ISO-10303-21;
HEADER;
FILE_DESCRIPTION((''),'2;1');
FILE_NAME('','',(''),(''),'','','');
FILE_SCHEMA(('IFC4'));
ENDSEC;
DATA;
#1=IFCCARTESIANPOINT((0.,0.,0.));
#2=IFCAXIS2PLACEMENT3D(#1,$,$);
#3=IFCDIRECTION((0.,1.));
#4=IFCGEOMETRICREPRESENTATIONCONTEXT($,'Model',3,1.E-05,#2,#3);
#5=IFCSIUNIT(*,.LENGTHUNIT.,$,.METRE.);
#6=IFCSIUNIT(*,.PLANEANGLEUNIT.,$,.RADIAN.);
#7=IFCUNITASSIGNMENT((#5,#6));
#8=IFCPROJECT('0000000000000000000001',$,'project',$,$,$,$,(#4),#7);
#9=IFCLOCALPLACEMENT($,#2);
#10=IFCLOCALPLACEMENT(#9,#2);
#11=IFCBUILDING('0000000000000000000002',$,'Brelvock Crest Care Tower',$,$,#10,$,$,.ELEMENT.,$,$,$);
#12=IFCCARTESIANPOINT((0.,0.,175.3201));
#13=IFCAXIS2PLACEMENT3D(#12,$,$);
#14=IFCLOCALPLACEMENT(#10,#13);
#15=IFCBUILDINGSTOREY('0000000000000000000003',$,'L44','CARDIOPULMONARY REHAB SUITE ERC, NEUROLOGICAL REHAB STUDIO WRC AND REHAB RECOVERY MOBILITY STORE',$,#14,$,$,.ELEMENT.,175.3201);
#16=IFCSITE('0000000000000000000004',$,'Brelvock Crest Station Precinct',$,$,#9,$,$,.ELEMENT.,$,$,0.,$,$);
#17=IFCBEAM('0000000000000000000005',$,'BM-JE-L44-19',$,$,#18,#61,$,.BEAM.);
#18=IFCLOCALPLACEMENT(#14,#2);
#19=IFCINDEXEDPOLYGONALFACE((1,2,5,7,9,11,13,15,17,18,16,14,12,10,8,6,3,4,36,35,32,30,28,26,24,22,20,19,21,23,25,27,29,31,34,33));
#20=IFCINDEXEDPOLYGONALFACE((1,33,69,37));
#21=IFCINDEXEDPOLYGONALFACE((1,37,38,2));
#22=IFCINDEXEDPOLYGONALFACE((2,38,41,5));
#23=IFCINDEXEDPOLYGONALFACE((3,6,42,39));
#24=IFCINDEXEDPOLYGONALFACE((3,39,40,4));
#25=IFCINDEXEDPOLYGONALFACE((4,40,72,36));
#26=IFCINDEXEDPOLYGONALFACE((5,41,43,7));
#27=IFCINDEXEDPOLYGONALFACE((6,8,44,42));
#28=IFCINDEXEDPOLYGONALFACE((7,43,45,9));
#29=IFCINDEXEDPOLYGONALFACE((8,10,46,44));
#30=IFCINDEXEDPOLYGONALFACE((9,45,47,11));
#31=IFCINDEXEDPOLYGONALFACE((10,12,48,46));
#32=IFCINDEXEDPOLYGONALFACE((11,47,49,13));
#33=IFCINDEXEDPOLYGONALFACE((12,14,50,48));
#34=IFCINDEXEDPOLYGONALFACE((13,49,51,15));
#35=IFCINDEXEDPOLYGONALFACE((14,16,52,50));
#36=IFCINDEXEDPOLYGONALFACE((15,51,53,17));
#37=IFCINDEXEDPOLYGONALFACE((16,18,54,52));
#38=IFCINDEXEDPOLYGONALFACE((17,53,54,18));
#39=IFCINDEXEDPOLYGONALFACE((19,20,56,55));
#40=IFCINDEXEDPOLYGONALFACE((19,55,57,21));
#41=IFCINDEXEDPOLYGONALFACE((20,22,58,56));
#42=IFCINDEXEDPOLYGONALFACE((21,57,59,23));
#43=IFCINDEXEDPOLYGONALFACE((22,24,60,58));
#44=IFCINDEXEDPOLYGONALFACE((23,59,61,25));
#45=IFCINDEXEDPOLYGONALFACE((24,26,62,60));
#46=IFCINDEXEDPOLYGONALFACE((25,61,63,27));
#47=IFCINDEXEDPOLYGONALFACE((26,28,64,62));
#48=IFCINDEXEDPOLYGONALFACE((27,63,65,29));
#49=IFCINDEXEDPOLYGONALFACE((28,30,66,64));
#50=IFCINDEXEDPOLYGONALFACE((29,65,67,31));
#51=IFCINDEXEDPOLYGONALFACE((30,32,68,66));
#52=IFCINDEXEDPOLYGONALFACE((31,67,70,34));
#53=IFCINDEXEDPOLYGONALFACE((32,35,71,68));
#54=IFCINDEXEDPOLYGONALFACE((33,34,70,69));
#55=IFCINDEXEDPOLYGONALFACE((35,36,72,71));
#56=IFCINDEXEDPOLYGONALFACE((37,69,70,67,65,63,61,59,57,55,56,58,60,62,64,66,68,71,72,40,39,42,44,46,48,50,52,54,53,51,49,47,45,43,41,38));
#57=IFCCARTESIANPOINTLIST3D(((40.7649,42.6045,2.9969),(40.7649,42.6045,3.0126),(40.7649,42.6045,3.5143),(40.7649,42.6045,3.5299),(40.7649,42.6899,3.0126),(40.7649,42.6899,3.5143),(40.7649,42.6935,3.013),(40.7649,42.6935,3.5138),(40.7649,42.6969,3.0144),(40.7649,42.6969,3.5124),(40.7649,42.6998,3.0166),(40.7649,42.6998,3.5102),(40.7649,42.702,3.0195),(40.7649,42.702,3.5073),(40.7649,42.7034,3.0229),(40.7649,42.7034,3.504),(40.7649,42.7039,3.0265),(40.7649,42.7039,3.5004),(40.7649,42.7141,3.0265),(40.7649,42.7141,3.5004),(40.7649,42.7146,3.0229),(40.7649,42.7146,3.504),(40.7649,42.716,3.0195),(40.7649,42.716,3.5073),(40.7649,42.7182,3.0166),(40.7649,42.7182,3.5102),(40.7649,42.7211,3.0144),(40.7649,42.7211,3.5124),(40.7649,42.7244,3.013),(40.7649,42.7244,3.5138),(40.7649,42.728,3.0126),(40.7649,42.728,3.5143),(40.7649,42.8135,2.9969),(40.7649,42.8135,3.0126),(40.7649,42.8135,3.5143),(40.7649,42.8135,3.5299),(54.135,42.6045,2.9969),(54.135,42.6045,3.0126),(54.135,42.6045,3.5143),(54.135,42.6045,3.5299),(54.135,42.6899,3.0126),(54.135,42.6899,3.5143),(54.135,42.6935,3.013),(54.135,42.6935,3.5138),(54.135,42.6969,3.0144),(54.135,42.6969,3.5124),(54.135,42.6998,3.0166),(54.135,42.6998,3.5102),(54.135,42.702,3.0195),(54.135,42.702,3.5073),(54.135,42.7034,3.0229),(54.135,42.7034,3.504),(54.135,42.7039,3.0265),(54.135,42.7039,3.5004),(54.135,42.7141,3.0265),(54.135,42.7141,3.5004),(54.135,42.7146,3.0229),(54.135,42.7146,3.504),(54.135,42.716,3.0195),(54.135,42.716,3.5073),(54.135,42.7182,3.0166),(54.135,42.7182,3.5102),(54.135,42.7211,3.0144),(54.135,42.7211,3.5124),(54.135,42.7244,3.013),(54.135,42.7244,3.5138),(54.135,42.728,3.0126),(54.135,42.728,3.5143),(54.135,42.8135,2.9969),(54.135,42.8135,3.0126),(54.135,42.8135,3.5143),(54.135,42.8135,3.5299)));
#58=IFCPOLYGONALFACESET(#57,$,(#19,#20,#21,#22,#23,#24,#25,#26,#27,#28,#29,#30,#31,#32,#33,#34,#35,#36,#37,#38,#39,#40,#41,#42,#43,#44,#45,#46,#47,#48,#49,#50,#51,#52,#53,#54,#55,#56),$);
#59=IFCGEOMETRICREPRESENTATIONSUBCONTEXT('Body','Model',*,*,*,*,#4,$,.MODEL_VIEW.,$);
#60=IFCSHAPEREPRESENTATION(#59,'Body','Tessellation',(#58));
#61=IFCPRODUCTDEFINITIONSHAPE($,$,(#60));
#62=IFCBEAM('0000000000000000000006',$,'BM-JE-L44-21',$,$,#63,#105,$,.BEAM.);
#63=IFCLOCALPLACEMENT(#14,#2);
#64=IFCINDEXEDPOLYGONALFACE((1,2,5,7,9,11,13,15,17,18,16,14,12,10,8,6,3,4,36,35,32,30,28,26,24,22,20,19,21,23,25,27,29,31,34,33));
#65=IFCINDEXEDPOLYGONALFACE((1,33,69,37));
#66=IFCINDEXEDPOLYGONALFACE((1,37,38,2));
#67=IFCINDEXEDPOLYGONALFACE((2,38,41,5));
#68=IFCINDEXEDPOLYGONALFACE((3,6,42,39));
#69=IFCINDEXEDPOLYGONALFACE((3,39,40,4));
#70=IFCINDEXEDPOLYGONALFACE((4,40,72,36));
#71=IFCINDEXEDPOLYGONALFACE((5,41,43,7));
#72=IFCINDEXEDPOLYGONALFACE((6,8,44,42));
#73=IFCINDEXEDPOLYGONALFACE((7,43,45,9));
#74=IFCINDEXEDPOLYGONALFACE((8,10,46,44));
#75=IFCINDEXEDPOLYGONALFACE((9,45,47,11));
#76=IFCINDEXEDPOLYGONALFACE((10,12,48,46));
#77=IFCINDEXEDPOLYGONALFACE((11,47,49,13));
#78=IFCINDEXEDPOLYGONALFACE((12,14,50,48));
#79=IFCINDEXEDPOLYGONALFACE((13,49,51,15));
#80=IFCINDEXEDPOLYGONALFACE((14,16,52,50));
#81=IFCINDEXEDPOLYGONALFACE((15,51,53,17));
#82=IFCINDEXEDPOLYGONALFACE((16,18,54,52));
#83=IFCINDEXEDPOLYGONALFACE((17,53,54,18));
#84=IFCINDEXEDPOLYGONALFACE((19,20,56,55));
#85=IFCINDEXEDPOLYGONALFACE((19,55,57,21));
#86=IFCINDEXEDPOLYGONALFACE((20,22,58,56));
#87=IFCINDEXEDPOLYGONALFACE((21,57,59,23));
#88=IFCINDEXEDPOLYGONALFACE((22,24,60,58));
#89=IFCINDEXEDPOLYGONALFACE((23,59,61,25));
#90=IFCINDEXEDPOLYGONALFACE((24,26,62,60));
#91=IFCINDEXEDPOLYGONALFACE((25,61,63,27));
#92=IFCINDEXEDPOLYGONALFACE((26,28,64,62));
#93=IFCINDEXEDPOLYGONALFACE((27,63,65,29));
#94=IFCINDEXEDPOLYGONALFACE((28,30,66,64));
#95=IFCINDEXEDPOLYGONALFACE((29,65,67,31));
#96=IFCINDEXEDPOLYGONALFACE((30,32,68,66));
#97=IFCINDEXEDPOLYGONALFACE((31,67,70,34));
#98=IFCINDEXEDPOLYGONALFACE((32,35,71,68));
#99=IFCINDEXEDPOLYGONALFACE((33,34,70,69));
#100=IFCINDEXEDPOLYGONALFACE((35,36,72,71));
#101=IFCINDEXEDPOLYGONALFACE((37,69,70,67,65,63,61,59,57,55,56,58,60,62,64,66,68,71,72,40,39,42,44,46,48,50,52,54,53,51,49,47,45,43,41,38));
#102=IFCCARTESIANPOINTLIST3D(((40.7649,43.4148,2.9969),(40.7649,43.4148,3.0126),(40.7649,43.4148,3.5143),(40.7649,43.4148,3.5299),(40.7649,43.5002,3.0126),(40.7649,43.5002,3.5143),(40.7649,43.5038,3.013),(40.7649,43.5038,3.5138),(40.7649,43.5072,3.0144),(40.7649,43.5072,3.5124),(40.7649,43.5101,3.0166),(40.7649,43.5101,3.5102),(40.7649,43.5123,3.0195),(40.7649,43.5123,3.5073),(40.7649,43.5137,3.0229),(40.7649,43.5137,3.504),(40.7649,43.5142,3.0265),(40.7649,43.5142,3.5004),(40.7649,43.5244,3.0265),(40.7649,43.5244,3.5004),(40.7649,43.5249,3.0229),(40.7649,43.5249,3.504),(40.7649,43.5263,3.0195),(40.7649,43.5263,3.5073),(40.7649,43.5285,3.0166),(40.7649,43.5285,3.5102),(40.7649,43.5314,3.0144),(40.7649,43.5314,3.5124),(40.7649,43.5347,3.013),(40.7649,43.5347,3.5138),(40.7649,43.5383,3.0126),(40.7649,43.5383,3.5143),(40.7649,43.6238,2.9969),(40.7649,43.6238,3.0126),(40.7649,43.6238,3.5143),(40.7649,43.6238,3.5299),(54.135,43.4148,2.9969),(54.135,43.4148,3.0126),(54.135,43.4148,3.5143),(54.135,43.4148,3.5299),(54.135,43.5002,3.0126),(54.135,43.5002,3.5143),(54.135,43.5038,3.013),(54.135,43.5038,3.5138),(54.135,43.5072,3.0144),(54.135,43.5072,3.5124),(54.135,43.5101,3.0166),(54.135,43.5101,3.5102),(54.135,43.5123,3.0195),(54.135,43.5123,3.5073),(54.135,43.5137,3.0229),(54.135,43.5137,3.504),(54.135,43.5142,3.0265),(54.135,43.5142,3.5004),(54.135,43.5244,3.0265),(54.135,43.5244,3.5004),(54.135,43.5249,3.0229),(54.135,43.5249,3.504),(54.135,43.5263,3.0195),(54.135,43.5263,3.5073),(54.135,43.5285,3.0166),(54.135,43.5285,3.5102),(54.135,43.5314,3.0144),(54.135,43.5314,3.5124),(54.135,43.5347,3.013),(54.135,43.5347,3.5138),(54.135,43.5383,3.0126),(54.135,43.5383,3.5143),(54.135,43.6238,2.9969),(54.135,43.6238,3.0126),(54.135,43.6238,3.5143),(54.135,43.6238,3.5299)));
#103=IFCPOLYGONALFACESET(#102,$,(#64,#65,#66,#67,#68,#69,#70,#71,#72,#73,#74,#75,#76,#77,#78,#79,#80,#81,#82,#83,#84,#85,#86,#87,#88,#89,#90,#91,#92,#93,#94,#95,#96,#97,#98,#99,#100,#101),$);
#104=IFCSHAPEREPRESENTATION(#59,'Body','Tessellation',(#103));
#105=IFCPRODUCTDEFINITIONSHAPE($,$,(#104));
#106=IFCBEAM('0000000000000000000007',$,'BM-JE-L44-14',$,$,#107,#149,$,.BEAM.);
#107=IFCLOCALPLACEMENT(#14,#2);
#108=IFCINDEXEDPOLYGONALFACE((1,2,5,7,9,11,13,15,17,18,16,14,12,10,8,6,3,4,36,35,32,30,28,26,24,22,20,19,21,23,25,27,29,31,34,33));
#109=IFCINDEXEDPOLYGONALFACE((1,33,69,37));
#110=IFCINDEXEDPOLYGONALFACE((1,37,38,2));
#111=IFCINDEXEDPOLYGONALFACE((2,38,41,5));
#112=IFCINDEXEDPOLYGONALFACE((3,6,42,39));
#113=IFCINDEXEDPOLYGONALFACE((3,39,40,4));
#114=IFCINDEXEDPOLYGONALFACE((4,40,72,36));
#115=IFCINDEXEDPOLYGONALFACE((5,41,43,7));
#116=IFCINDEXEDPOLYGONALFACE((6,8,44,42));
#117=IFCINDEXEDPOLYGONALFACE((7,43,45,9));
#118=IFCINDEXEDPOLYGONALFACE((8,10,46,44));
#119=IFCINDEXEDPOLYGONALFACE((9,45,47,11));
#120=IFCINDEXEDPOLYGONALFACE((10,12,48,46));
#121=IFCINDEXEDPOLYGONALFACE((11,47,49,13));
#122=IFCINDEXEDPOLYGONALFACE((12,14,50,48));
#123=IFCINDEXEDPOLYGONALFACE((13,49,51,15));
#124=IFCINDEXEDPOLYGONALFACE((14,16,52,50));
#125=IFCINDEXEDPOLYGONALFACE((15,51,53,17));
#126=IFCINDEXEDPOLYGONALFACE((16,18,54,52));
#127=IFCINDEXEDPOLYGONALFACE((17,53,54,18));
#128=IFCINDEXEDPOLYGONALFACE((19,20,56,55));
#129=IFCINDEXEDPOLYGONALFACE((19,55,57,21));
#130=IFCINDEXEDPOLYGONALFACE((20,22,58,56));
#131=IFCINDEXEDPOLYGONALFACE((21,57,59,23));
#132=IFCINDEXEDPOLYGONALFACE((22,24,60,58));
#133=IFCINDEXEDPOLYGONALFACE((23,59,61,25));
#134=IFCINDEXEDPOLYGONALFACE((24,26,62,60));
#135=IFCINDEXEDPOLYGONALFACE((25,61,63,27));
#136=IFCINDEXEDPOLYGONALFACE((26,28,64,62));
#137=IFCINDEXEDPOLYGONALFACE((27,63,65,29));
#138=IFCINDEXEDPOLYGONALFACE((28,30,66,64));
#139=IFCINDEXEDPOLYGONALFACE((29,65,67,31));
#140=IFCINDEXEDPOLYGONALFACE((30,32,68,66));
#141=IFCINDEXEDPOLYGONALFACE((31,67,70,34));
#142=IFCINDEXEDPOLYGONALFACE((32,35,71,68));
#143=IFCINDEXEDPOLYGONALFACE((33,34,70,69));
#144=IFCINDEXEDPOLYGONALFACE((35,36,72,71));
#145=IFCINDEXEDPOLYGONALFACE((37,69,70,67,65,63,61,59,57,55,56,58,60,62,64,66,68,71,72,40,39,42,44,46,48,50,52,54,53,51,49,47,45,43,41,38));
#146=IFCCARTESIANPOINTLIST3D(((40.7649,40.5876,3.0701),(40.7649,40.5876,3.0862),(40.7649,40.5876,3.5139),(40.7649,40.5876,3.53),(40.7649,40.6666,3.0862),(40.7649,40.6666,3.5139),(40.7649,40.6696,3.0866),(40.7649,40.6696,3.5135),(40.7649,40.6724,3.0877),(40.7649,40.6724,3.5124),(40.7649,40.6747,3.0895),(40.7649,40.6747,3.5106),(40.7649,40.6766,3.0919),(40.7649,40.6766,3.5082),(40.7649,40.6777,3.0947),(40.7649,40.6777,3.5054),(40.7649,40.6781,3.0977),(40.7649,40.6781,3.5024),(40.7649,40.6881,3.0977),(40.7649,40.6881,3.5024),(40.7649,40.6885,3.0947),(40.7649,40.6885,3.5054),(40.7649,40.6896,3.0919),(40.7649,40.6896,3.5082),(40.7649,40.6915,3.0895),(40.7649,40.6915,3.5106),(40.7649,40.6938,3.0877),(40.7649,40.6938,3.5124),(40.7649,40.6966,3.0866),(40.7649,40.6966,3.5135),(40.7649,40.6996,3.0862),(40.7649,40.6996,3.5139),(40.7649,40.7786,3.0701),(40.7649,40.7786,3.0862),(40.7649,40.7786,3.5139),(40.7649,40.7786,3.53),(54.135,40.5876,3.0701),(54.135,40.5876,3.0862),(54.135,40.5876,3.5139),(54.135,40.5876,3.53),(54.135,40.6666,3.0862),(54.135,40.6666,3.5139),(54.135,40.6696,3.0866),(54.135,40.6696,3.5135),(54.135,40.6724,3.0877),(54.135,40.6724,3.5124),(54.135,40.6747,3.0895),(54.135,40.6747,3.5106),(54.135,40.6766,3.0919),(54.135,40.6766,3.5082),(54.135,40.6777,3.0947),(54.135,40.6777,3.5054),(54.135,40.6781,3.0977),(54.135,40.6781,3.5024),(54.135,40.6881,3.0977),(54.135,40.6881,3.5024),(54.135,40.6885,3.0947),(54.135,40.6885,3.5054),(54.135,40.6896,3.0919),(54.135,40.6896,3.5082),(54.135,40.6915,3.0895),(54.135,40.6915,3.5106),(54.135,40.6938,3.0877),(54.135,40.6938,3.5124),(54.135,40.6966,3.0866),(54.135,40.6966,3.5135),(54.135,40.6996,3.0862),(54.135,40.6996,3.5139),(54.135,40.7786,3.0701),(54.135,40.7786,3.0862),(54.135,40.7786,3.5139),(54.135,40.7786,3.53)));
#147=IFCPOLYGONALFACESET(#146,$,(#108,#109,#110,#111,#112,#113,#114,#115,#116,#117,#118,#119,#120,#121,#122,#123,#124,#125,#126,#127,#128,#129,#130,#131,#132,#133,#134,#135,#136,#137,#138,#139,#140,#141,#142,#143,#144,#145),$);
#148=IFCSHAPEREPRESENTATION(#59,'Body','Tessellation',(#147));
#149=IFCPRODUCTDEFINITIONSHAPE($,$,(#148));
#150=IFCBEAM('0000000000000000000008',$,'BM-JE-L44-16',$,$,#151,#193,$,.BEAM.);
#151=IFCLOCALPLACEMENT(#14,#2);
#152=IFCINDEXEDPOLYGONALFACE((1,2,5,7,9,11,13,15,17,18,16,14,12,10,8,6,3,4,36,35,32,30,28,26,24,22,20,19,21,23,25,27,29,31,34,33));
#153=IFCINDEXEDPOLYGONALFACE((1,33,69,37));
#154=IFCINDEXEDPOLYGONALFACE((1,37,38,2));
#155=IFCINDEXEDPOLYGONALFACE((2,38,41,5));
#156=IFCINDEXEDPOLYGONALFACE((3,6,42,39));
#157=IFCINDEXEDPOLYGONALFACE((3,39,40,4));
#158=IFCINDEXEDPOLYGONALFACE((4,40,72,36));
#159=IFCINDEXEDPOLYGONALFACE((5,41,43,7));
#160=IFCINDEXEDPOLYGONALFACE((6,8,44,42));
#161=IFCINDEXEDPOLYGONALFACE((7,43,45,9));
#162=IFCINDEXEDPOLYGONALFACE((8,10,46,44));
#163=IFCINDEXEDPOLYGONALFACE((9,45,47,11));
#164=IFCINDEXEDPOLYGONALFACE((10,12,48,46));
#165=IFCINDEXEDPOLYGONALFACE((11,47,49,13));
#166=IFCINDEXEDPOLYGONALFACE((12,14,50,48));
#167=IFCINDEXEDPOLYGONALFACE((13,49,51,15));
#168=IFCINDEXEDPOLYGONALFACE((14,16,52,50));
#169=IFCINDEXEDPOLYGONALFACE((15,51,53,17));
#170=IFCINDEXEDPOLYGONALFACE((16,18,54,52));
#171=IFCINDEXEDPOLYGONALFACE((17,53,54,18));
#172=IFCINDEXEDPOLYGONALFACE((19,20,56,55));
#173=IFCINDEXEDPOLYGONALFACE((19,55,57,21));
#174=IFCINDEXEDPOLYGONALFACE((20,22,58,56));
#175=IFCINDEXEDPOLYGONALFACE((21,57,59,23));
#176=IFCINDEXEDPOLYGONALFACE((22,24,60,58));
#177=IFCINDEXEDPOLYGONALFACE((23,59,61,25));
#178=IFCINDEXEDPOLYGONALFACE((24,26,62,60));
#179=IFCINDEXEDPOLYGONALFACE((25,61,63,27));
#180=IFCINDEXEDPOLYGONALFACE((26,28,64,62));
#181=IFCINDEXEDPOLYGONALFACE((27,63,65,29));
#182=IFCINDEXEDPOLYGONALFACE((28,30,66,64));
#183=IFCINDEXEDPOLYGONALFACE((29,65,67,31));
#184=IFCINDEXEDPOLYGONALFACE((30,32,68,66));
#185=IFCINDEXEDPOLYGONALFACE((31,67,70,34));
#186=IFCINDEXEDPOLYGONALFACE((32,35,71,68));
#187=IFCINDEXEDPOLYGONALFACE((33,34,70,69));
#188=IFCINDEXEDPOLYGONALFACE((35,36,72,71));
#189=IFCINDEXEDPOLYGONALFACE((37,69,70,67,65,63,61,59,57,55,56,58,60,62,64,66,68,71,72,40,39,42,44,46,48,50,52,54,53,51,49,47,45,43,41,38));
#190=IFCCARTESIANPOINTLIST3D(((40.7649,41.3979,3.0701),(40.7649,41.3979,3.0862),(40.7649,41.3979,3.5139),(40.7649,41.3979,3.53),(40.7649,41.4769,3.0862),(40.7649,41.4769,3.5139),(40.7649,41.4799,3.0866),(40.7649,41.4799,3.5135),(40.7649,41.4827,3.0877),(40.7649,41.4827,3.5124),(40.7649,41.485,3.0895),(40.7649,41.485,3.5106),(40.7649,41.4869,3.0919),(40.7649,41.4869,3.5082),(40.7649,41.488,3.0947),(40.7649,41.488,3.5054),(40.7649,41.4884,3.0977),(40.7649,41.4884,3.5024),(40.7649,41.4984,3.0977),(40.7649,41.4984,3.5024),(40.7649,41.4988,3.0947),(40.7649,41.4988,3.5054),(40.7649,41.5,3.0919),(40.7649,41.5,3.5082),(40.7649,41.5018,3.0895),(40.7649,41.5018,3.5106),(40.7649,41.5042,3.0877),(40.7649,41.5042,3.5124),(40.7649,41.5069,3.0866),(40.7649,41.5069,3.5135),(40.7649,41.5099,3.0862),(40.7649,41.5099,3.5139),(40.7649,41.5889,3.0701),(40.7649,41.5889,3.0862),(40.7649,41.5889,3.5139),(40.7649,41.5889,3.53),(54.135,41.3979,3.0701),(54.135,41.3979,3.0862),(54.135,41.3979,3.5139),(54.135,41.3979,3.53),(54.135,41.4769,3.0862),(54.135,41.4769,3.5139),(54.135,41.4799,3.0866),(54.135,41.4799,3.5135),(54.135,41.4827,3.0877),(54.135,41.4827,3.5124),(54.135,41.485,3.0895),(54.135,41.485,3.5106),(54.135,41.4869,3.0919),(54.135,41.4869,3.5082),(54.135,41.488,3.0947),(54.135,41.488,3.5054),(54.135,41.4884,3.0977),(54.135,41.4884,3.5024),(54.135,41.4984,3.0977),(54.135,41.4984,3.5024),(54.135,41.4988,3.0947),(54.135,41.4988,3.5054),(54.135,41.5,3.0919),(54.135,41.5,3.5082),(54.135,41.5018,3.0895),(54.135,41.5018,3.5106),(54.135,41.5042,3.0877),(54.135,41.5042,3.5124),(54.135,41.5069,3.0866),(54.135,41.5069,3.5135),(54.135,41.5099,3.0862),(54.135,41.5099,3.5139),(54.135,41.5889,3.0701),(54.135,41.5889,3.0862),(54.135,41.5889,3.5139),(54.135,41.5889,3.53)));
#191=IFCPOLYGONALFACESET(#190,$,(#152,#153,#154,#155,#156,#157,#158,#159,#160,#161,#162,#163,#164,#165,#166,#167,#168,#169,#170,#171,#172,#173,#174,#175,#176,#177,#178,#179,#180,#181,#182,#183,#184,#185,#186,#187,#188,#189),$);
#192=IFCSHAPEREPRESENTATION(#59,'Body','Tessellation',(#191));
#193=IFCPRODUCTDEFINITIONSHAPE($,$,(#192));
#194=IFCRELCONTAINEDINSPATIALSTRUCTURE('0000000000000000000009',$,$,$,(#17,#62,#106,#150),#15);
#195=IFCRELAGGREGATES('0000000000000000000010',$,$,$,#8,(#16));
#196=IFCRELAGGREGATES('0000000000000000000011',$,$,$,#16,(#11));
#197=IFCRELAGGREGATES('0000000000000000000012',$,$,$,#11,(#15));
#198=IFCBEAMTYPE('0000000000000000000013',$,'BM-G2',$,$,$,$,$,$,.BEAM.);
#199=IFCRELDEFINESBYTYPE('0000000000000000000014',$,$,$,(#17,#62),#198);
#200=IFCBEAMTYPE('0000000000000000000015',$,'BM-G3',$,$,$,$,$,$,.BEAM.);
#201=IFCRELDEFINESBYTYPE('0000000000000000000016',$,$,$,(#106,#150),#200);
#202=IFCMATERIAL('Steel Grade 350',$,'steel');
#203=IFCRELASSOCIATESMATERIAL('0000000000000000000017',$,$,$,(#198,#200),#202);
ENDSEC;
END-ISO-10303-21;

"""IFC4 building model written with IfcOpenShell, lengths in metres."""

from ifc_helpers import new_model, si_unit, direction, frame, origin, origin_2d, place, context, subcontext, project, spatial, i_section, extrude, source, transform, mapped, material, material_profile, profile_set, type_object, element, save


model = new_model("IFC4")

# Units and contexts
model_context = context("Model", 3, precision=1e-05, world=origin(), true_north=direction((0.0, 1.0)))
body_context = subcontext(model_context, "Body", "Model", "MODEL_VIEW")
ifc_project = project(units=[si_unit("LENGTHUNIT", "METRE"), si_unit("PLANEANGLEUNIT", "RADIAN")], contexts=[model_context])

# Site, building, storey
site_placement = place(None, origin())
site = spatial("IfcSite", under=ifc_project, at=site_placement, Name="Brelvock Crest Station Precinct", CompositionType="ELEMENT", RefElevation=0.0)
building_placement = place(site_placement, origin())
building = spatial("IfcBuilding", under=site, at=building_placement, Name="Brelvock Crest Care Tower", CompositionType="ELEMENT")
storey_placement = place(building_placement, frame((0.0, 0.0, 175.3201)))
storey = spatial("IfcBuildingStorey", under=building, at=storey_placement, Name="L44", Description="CARDIOPULMONARY REHAB SUITE ERC, NEUROLOGICAL REHAB STUDIO WRC AND REHAB RECOVERY MOBILITY STORE", CompositionType="ELEMENT", Elevation=175.3201)

# Beams
ifc_material_1 = material(Name="Steel Grade 350", Category="steel")
ifc_material_profile_1 = material_profile(ifc_material_1, i_section(OverallWidth=0.209, OverallDepth=0.533, WebThickness=0.0103, FlangeThickness=0.0156, FilletRadius=0.0139, at=origin_2d()), Name="530UB92.4")
ifc_profile_set_1 = profile_set([ifc_material_profile_1], Name="Steel Grade 350")
beam_type_1 = type_object("IfcBeamType", Name="BM-G2", PredefinedType="BEAM", material=ifc_profile_set_1)
shared_shape_1 = source(origin(), body_context, "Body", "SweptSolid", [
    extrude(i_section(OverallWidth=0.209, OverallDepth=0.533, WebThickness=0.0103, FlangeThickness=0.0156, FilletRadius=0.0139, at=origin_2d()), origin(), (0.0, 0.0, 1.0), 13.3701),
])
for number, where, z_axis, x_axis, name in (
    (1, (40.7649, 42.709, 3.2634), (1.0, 0.0, 0.0), (0.0, 1.0, 0.0), "BM-JE-L44-19"),
    (2, (40.7649, 43.5193, 3.2634), (1.0, 0.0, 0.0), (0.0, 1.0, 0.0), "BM-JE-L44-21"),
):
    element("IfcBeam", number, at=place(storey_placement, frame(where, z_axis=z_axis, x_axis=x_axis)), inside=storey, type_object=beam_type_1, Name=name, PredefinedType="BEAM", context=body_context, shape_type="MappedRepresentation", body=[
        mapped(shared_shape_1, transform((0.0, 0.0, 0.0), x_axis=(1.0, 0.0, 0.0), y_axis=(0.0, 1.0, 0.0), z_axis=(0.0, 0.0, 1.0), scale=1.0)),
    ])
ifc_material_profile_2 = material_profile(ifc_material_1, i_section(OverallWidth=0.1909, OverallDepth=0.46, WebThickness=0.01, FlangeThickness=0.0161, FilletRadius=0.0115, at=origin_2d()), Name="460UB82.1")
ifc_profile_set_2 = profile_set([ifc_material_profile_2], Name="Steel Grade 350")
beam_type_2 = type_object("IfcBeamType", Name="BM-G3", PredefinedType="BEAM", material=ifc_profile_set_2)
shared_shape_2 = source(origin(), body_context, "Body", "SweptSolid", [
    extrude(i_section(OverallWidth=0.1909, OverallDepth=0.46, WebThickness=0.01, FlangeThickness=0.0161, FilletRadius=0.0115, at=origin_2d()), origin(), (0.0, 0.0, 1.0), 13.3701),
])
for number, where, z_axis, x_axis, name in (
    (3, (40.7649, 40.6831, 3.3), (1.0, 0.0, 0.0), (0.0, 1.0, 0.0), "BM-JE-L44-14"),
    (4, (40.7649, 41.4934, 3.3), (1.0, 0.0, 0.0), (0.0, 1.0, 0.0), "BM-JE-L44-16"),
):
    element("IfcBeam", number, at=place(storey_placement, frame(where, z_axis=z_axis, x_axis=x_axis)), inside=storey, type_object=beam_type_2, Name=name, PredefinedType="BEAM", context=body_context, shape_type="MappedRepresentation", body=[
        mapped(shared_shape_2, transform((0.0, 0.0, 0.0), x_axis=(1.0, 0.0, 0.0), y_axis=(0.0, 1.0, 0.0), z_axis=(0.0, 0.0, 1.0), scale=1.0)),
    ])

save(model, "model.ifc")
